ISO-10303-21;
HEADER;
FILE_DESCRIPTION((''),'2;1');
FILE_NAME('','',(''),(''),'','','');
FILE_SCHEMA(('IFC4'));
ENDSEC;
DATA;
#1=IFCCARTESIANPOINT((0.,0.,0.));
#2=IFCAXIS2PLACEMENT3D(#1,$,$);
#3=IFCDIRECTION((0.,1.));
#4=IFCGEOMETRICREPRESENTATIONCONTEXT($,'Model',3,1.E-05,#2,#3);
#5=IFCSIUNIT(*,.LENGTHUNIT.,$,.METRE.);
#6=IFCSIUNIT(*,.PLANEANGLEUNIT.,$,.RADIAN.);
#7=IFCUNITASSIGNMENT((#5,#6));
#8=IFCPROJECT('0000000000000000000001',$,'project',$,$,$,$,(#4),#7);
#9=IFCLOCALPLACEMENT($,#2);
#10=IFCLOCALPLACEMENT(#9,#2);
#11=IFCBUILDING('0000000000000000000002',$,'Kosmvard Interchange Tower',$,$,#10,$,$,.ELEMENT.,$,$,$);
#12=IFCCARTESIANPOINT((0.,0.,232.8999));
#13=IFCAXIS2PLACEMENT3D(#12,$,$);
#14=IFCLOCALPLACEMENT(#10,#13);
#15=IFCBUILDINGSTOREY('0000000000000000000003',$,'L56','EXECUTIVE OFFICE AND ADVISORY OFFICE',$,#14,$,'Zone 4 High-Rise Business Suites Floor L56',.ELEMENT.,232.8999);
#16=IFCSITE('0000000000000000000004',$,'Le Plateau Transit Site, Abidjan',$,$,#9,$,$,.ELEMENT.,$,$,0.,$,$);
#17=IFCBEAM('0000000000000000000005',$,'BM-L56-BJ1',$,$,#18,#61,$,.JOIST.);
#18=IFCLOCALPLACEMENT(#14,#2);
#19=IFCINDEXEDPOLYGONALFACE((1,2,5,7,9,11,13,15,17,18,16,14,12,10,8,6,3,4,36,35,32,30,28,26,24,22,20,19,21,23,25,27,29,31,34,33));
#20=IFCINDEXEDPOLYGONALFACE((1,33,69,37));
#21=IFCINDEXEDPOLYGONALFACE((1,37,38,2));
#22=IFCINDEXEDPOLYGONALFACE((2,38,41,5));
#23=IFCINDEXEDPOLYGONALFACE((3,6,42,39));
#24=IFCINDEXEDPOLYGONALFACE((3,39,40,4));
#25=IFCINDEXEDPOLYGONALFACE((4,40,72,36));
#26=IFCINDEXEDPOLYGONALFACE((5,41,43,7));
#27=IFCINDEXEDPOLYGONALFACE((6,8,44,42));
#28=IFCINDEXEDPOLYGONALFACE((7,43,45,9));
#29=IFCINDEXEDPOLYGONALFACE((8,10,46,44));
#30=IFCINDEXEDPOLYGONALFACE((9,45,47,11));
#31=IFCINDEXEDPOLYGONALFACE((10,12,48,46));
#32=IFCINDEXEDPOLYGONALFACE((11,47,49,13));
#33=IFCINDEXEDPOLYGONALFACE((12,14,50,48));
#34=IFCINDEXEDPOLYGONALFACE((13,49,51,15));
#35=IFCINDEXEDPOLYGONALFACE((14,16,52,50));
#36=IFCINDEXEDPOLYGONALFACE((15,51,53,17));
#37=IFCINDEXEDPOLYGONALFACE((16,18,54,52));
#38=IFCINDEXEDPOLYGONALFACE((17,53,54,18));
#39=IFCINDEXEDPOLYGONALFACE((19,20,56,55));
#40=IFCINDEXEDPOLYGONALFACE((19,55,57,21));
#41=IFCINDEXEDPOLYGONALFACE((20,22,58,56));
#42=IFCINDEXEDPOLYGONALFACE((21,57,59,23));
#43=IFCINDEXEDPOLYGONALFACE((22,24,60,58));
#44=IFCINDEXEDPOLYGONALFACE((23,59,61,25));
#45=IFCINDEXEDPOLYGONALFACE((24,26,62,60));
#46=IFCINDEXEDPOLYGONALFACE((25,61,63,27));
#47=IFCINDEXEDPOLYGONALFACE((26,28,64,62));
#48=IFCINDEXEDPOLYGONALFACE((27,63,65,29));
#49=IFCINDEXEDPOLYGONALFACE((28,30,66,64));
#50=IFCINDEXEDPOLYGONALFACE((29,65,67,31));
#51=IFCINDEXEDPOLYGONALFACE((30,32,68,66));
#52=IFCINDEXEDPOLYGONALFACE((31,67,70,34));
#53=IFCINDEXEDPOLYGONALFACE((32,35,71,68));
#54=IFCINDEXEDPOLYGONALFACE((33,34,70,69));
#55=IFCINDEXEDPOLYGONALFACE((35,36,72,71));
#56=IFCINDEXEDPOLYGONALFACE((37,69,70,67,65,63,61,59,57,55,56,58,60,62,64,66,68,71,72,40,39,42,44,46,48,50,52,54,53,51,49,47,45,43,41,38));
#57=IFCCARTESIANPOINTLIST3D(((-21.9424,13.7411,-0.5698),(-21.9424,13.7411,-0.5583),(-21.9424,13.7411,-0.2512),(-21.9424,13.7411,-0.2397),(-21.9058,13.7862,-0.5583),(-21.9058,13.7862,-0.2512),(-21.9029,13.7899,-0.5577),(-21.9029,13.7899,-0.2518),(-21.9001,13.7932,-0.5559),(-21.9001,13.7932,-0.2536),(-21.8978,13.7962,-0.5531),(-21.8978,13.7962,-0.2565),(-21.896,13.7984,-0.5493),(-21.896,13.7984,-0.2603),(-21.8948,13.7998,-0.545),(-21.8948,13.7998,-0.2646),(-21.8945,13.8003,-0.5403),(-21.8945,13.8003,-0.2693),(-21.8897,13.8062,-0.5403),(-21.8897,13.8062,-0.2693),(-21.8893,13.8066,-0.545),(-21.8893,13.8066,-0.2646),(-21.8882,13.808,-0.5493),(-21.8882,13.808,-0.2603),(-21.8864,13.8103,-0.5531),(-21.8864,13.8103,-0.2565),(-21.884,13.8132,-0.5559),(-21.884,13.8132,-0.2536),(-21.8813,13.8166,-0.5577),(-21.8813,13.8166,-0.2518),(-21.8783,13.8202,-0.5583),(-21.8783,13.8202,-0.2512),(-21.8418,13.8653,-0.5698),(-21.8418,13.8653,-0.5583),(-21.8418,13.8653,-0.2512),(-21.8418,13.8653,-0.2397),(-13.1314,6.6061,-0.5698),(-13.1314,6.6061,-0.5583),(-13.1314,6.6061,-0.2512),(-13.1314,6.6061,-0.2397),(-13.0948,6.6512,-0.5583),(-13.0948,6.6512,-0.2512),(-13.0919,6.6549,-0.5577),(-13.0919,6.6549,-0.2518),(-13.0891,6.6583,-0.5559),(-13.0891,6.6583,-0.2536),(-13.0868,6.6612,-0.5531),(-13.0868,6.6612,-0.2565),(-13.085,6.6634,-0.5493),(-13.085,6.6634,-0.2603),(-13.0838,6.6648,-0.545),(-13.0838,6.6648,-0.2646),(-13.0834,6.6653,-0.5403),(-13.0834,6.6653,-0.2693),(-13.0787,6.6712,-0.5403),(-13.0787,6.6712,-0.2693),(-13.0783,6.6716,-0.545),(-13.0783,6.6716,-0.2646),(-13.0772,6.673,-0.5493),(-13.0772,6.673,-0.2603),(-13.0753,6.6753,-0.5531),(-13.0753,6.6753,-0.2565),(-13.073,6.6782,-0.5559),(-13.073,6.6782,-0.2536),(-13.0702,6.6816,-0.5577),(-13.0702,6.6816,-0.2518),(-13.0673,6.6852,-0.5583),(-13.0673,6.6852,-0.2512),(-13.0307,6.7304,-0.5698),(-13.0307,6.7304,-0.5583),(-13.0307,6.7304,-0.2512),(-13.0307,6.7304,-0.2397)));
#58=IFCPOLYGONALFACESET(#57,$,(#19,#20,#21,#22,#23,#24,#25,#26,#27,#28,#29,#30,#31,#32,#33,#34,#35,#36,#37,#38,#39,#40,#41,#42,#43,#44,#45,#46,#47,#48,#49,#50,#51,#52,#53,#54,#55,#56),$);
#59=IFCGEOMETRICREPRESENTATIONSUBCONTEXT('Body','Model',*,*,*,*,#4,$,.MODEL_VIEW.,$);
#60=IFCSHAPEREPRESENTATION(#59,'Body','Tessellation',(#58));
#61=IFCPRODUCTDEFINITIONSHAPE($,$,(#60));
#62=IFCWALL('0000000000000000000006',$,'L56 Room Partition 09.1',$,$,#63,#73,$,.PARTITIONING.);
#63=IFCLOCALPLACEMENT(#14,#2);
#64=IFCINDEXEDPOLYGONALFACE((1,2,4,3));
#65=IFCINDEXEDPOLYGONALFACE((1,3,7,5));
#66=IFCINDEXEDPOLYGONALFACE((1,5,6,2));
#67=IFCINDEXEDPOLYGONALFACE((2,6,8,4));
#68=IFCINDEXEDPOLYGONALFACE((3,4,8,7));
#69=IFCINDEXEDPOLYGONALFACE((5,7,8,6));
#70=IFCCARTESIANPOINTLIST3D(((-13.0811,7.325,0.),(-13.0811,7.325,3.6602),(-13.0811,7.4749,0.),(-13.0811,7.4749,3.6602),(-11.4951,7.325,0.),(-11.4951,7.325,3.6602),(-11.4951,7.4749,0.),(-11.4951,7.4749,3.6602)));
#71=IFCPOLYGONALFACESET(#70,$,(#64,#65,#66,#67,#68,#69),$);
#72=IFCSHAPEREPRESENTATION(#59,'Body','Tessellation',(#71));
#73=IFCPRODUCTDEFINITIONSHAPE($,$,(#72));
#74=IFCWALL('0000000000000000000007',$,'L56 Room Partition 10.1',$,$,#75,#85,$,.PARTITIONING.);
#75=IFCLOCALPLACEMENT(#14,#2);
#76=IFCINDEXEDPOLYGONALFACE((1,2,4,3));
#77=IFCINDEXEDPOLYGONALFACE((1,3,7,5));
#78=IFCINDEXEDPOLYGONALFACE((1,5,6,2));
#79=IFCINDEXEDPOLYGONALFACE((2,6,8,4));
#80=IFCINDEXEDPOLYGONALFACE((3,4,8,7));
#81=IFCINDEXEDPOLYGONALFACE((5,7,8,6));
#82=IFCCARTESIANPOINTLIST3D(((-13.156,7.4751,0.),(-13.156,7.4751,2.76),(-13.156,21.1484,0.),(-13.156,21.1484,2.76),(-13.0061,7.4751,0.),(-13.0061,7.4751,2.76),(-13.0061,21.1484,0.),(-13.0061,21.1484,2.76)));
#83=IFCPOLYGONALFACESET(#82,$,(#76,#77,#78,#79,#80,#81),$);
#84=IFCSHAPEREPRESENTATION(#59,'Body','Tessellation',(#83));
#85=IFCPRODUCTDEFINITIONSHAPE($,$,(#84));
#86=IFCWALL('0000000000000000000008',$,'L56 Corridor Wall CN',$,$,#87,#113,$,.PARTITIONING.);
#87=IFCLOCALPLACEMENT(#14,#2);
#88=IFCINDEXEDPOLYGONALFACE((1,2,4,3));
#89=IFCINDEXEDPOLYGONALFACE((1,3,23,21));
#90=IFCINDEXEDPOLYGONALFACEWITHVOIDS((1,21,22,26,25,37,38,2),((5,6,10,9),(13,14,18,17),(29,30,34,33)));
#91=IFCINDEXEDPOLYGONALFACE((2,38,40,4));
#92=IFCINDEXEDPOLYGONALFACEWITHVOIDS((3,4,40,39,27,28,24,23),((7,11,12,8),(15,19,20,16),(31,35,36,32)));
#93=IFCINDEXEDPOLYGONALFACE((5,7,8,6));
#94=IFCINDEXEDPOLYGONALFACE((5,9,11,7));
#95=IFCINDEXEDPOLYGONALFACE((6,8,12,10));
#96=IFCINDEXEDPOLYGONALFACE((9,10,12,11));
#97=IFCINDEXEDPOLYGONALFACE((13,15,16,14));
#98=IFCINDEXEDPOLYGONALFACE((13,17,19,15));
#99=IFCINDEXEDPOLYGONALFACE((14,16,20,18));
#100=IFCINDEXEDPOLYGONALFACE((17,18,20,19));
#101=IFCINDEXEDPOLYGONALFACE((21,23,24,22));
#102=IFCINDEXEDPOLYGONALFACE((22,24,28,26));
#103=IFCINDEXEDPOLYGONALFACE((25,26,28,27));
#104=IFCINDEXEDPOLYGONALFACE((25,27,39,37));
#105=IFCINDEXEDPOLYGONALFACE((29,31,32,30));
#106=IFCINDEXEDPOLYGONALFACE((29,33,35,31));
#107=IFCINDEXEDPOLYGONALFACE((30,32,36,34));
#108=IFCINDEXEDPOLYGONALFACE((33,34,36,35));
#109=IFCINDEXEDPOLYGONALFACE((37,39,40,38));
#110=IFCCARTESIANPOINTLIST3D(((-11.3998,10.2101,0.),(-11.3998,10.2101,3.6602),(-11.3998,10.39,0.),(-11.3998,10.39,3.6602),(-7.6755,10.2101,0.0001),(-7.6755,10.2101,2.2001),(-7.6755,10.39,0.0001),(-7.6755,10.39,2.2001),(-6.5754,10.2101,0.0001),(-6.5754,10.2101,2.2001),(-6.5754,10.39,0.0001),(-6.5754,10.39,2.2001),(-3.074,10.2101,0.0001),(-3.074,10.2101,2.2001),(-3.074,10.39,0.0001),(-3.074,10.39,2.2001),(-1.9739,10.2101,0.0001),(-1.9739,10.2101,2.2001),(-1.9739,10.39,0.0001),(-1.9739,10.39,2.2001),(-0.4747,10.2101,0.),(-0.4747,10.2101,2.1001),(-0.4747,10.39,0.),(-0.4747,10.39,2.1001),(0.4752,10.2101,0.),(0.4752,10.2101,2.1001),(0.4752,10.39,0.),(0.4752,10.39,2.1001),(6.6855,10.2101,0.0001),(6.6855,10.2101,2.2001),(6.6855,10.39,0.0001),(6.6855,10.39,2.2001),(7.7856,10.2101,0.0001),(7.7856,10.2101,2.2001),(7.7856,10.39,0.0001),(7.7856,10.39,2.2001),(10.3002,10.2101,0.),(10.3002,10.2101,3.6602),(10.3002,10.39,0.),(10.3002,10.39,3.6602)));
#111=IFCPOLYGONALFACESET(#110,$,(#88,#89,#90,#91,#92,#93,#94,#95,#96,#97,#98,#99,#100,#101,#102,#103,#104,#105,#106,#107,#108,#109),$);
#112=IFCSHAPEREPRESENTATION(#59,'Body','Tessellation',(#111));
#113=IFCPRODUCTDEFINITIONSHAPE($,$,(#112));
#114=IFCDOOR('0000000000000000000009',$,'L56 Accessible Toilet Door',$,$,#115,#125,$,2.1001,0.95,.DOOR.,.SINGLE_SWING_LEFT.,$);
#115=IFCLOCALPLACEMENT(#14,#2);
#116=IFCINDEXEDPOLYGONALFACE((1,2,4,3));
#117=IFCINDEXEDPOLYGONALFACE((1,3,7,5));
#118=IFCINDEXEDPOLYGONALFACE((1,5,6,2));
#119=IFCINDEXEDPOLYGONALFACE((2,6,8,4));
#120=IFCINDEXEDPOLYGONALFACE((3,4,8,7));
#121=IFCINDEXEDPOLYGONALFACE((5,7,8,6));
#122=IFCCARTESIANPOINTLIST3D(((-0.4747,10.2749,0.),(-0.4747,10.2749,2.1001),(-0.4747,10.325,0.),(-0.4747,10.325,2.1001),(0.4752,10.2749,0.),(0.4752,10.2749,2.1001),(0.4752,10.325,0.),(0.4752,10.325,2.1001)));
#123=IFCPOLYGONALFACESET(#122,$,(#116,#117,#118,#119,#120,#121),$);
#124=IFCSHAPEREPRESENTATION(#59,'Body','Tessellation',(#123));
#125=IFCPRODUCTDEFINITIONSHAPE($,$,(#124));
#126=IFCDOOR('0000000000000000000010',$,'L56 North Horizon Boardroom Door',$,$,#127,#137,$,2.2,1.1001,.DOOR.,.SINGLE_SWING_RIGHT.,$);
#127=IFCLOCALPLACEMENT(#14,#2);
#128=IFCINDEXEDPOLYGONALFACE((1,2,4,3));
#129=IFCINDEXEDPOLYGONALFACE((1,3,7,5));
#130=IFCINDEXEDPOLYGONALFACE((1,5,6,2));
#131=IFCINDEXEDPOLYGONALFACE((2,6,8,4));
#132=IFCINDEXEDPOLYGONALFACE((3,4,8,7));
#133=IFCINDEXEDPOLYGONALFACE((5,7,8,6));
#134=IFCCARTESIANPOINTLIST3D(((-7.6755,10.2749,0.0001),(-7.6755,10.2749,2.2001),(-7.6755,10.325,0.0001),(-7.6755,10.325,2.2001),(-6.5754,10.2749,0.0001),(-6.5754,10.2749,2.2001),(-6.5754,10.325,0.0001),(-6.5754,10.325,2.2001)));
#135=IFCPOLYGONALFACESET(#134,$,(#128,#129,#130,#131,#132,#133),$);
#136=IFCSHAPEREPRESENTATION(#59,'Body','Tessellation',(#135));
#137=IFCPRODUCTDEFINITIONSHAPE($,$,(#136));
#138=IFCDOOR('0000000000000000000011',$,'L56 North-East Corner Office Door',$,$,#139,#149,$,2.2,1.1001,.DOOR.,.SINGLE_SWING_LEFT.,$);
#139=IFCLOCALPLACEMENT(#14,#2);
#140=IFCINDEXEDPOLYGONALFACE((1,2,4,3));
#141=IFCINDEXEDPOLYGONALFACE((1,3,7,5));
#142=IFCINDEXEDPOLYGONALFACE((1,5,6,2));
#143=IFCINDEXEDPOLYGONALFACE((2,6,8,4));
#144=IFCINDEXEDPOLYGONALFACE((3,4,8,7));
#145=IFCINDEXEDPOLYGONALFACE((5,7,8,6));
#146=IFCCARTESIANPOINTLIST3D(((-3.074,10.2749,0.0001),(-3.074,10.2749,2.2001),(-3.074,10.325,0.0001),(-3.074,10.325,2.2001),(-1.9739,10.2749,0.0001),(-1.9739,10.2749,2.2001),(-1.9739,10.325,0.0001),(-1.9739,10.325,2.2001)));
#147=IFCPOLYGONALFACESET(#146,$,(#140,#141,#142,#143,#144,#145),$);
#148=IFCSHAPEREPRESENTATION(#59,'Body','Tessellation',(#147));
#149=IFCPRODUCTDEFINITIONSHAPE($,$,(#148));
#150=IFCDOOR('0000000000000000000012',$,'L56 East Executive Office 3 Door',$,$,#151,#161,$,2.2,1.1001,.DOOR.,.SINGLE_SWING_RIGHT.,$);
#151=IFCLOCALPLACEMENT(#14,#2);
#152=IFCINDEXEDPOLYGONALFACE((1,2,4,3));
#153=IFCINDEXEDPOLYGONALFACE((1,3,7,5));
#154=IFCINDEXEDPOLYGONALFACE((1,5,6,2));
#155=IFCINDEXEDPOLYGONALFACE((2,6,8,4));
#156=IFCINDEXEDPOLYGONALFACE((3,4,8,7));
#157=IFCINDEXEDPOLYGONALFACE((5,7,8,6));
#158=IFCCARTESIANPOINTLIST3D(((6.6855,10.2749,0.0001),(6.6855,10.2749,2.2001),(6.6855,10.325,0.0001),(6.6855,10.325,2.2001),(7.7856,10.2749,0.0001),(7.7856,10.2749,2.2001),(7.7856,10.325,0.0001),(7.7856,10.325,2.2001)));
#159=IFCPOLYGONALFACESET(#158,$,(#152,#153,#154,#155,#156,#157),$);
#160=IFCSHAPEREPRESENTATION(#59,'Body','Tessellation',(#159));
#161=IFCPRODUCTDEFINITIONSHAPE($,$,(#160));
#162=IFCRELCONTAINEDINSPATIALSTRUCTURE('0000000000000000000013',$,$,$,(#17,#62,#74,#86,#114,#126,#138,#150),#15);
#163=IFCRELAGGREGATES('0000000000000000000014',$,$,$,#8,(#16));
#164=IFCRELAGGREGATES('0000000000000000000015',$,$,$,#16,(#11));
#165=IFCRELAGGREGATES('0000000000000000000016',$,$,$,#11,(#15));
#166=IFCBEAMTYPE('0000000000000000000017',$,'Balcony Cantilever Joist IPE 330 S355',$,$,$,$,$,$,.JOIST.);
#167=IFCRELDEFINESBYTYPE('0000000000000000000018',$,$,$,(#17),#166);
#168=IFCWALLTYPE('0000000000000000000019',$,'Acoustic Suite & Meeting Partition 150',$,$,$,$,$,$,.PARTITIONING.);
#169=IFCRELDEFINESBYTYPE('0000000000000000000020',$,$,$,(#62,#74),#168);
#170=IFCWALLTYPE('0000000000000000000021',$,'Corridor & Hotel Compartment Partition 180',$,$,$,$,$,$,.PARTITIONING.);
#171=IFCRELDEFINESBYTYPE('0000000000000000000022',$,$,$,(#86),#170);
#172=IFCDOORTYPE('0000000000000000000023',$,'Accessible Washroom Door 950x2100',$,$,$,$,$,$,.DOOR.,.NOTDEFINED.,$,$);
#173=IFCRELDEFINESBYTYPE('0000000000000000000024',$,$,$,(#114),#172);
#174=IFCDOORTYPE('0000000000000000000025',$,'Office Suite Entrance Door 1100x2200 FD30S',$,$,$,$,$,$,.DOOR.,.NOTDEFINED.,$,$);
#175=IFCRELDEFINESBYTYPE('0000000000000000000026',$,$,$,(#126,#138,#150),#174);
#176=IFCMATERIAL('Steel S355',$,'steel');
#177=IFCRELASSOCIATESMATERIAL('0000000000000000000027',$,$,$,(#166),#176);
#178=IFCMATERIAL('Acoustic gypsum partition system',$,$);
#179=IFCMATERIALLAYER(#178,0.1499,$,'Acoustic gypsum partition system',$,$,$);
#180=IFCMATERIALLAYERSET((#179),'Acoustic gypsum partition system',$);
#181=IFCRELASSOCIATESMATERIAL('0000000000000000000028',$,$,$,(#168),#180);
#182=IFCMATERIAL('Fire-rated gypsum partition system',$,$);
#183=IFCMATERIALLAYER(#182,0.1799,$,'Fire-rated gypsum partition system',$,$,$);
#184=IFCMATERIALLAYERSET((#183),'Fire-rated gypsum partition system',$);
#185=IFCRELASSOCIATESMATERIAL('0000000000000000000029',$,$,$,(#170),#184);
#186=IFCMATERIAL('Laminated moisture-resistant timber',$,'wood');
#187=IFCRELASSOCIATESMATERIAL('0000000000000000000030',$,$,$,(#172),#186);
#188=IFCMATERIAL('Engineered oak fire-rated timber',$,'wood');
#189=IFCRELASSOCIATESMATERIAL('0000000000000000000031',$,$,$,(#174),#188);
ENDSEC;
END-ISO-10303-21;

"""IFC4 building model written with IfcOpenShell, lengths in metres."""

from ifc_helpers import new_model, si_unit, direction, frame, frame_2d, origin, origin_2d, place, context, subcontext, project, spatial, rectangle, i_section, extrude, source, transform, mapped, material, layer, layer_set, material_profile, profile_set, type_object, element, fill, save


model = new_model("IFC4")

# Units and contexts
model_context = context("Model", 3, precision=1e-05, world=origin(), true_north=direction((0.0, 1.0)))
body_context = subcontext(model_context, "Body", "Model", "MODEL_VIEW")
ifc_project = project(units=[si_unit("LENGTHUNIT", "METRE"), si_unit("PLANEANGLEUNIT", "RADIAN")], contexts=[model_context])

# Site, building, storey
site_placement = place(None, origin())
site = spatial("IfcSite", under=ifc_project, at=site_placement, Name="Le Plateau Transit Site, Abidjan", CompositionType="ELEMENT", RefElevation=0.0)
building_placement = place(site_placement, origin())
building = spatial("IfcBuilding", under=site, at=building_placement, Name="Kosmvard Interchange Tower", CompositionType="ELEMENT")
storey_placement = place(building_placement, frame((0.0, 0.0, 232.8999)))
storey = spatial("IfcBuildingStorey", under=building, at=storey_placement, Name="L56", Description="EXECUTIVE OFFICE AND ADVISORY OFFICE", LongName="Zone 4 High-Rise Business Suites Floor L56", CompositionType="ELEMENT", Elevation=232.8999)

# Beam
ifc_material_1 = material(Name="Steel S355", Category="steel")
ifc_material_profile_1 = material_profile(ifc_material_1, i_section(OverallWidth=0.1599, OverallDepth=0.3301, WebThickness=0.0076, FlangeThickness=0.0115, FilletRadius=0.0181, at=origin_2d()), Name="IPE 330")
ifc_profile_set_1 = profile_set([ifc_material_profile_1], Name="Steel S355")
beam_type_1 = type_object("IfcBeamType", Name="Balcony Cantilever Joist IPE 330 S355", PredefinedType="JOIST", material=ifc_profile_set_1)
shared_shape_1 = source(origin(), body_context, "Body", "SweptSolid", [
    extrude(i_section(OverallWidth=0.1599, OverallDepth=0.3301, WebThickness=0.0076, FlangeThickness=0.0115, FilletRadius=0.0181, at=origin_2d()), origin(), (0.0, 0.0, 1.0), 11.3376),
])
beam_1_placement = place(storey_placement, frame((-13.0811, 6.6682, -0.4048), z_axis=(-0.777147, 0.629319, 0.0), x_axis=(-0.629319, -0.777147, 0.0)))
element("IfcBeam", 1, at=beam_1_placement, inside=storey, type_object=beam_type_1, Name="BM-L56-BJ1", PredefinedType="JOIST", context=body_context, shape_type="MappedRepresentation", body=[
    mapped(shared_shape_1, transform((0.0, 0.0, 0.0), scale=1.0)),
])

# Walls
ifc_material_2 = material(Name="Acoustic gypsum partition system")
ifc_layer_1 = layer(ifc_material_2, 0.1499, Name="Acoustic gypsum partition system")
ifc_layer_set_1 = layer_set([ifc_layer_1], Name="Acoustic gypsum partition system")
wall_type_1 = type_object("IfcWallType", Name="Acoustic Suite & Meeting Partition 150", PredefinedType="PARTITIONING", material=ifc_layer_set_1)
wall_1_placement = place(storey_placement, frame((-11.4951, 7.3999, 0.0), z_axis=(0.0, 0.0, 1.0), x_axis=(-1.0, 0.0, 0.0)))
element("IfcWall", 2, at=wall_1_placement, inside=storey, type_object=wall_type_1, Name="L56 Room Partition 09.1", PredefinedType="PARTITIONING", context=body_context, shape_type="SweptSolid", body=[
    extrude(rectangle(XDim=1.5859, YDim=0.1499, at=frame_2d((0.793, 0.0))), origin(), (0.0, 0.0, 1.0), 3.6602),
])
wall_2_placement = place(storey_placement, frame((-13.0811, 7.4751, 0.0), z_axis=(0.0, 0.0, 1.0), x_axis=(0.0, 1.0, 0.0)))
element("IfcWall", 3, at=wall_2_placement, inside=storey, type_object=wall_type_1, Name="L56 Room Partition 10.1", PredefinedType="PARTITIONING", context=body_context, shape_type="SweptSolid", body=[
    extrude(rectangle(XDim=13.6733, YDim=0.1499, at=frame_2d((6.8367, 0.0))), origin(), (0.0, 0.0, 1.0), 2.76),
])

# Wall, openings, doors
ifc_material_3 = material(Name="Fire-rated gypsum partition system")
ifc_layer_2 = layer(ifc_material_3, 0.1799, Name="Fire-rated gypsum partition system")
ifc_layer_set_2 = layer_set([ifc_layer_2], Name="Fire-rated gypsum partition system")
wall_type_2 = type_object("IfcWallType", Name="Corridor & Hotel Compartment Partition 180", PredefinedType="PARTITIONING", material=ifc_layer_set_2)
wall_3_placement = place(storey_placement, frame((-11.3999, 10.3, 0.0), z_axis=(0.0, 0.0, 1.0), x_axis=(1.0, 0.0, 0.0)))
wall_3 = element("IfcWall", 4, at=wall_3_placement, inside=storey, type_object=wall_type_2, Name="L56 Corridor Wall CN", PredefinedType="PARTITIONING", context=body_context, shape_type="SweptSolid", body=[
    extrude(rectangle(XDim=21.7, YDim=0.1799, at=frame_2d((10.8501, 0.0))), origin(), (0.0, 0.0, 1.0), 3.6602),
])
opening_1_placement = place(wall_3_placement, frame((10.925, 0.0, 0.0)))
opening_1 = element("IfcOpeningElement", 5, at=opening_1_placement, cuts=wall_3, PredefinedType="OPENING", context=body_context, shape_type="SweptSolid", body=[
    extrude(rectangle(XDim=0.95, YDim=2.1001, at=frame_2d((0.4751, 1.05))), frame((0.0, 0.1001, 0.0), z_axis=(0.0, -1.0, 0.0), x_axis=(1.0, 0.0, 0.0)), (0.0, 0.0, 1.0), 0.2),
])
opening_2_placement = place(wall_3_placement, frame((3.7244, 0.0, 0.0)))
opening_2 = element("IfcOpeningElement", 6, at=opening_2_placement, cuts=wall_3, PredefinedType="OPENING", context=body_context, shape_type="SweptSolid", body=[
    extrude(rectangle(XDim=1.1001, YDim=2.2, at=frame_2d((0.55, 1.1001))), frame((0.0, 0.1001, 0.0), z_axis=(0.0, -1.0, 0.0), x_axis=(1.0, 0.0, 0.0)), (0.0, 0.0, 1.0), 0.2),
])
opening_3_placement = place(wall_3_placement, frame((8.3259, 0.0, 0.0)))
opening_3 = element("IfcOpeningElement", 7, at=opening_3_placement, cuts=wall_3, PredefinedType="OPENING", context=body_context, shape_type="SweptSolid", body=[
    extrude(rectangle(XDim=1.1001, YDim=2.2, at=frame_2d((0.55, 1.1001))), frame((0.0, 0.1001, 0.0), z_axis=(0.0, -1.0, 0.0), x_axis=(1.0, 0.0, 0.0)), (0.0, 0.0, 1.0), 0.2),
])
opening_4_placement = place(wall_3_placement, frame((18.0854, 0.0, 0.0)))
opening_4 = element("IfcOpeningElement", 8, at=opening_4_placement, cuts=wall_3, PredefinedType="OPENING", context=body_context, shape_type="SweptSolid", body=[
    extrude(rectangle(XDim=1.1001, YDim=2.2, at=frame_2d((0.55, 1.1001))), frame((0.0, 0.1001, 0.0), z_axis=(0.0, -1.0, 0.0), x_axis=(1.0, 0.0, 0.0)), (0.0, 0.0, 1.0), 0.2),
])
ifc_material_4 = material(Name="Laminated moisture-resistant timber", Category="wood")
door_type_1 = type_object("IfcDoorType", Name="Accessible Washroom Door 950x2100", OperationType="NOTDEFINED", PredefinedType="DOOR", material=ifc_material_4)
shared_shape_2 = source(origin(), body_context, "Body", "SweptSolid", [
    extrude(rectangle(XDim=0.95, YDim=2.1001, at=frame_2d((0.4751, 1.05))), frame((0.0, 0.0249, 0.0), z_axis=(0.0, -1.0, 0.0), x_axis=(1.0, 0.0, 0.0)), (0.0, 0.0, 1.0), 0.05),
])
door_1_placement = place(opening_1_placement, origin())
door_1 = element("IfcDoor", 9, at=door_1_placement, inside=storey, type_object=door_type_1, Name="L56 Accessible Toilet Door", OperationType="SINGLE_SWING_LEFT", OverallHeight=2.1001, OverallWidth=0.95, PredefinedType="DOOR", context=body_context, shape_type="MappedRepresentation", body=[
    mapped(shared_shape_2, transform((0.0, 0.0, 0.0), scale=1.0)),
])
fill(opening_1, door_1)
ifc_material_5 = material(Name="Engineered oak fire-rated timber", Category="wood")
door_type_2 = type_object("IfcDoorType", Name="Office Suite Entrance Door 1100x2200 FD30S", OperationType="NOTDEFINED", PredefinedType="DOOR", material=ifc_material_5)
shared_shape_3 = source(origin(), body_context, "Body", "SweptSolid", [
    extrude(rectangle(XDim=1.1001, YDim=2.2, at=frame_2d((0.55, 1.1001))), frame((0.0, 0.0249, 0.0), z_axis=(0.0, -1.0, 0.0), x_axis=(1.0, 0.0, 0.0)), (0.0, 0.0, 1.0), 0.05),
])
door_2_placement = place(opening_2_placement, origin())
door_2 = element("IfcDoor", 10, at=door_2_placement, inside=storey, type_object=door_type_2, Name="L56 North Horizon Boardroom Door", OperationType="SINGLE_SWING_RIGHT", OverallHeight=2.2, OverallWidth=1.1001, PredefinedType="DOOR", context=body_context, shape_type="MappedRepresentation", body=[
    mapped(shared_shape_3, transform((0.0, 0.0, 0.0), scale=1.0)),
])
fill(opening_2, door_2)
door_3_placement = place(opening_3_placement, origin())
door_3 = element("IfcDoor", 11, at=door_3_placement, inside=storey, type_object=door_type_2, Name="L56 North-East Corner Office Door", OperationType="SINGLE_SWING_LEFT", OverallHeight=2.2, OverallWidth=1.1001, PredefinedType="DOOR", context=body_context, shape_type="MappedRepresentation", body=[
    mapped(shared_shape_3, transform((0.0, 0.0, 0.0), scale=1.0)),
])
fill(opening_3, door_3)
door_4_placement = place(opening_4_placement, origin())
door_4 = element("IfcDoor", 12, at=door_4_placement, inside=storey, type_object=door_type_2, Name="L56 East Executive Office 3 Door", OperationType="SINGLE_SWING_RIGHT", OverallHeight=2.2, OverallWidth=1.1001, PredefinedType="DOOR", context=body_context, shape_type="MappedRepresentation", body=[
    mapped(shared_shape_3, transform((0.0, 0.0, 0.0), scale=1.0)),
])
fill(opening_4, door_4)

save(model, "model.ifc")
